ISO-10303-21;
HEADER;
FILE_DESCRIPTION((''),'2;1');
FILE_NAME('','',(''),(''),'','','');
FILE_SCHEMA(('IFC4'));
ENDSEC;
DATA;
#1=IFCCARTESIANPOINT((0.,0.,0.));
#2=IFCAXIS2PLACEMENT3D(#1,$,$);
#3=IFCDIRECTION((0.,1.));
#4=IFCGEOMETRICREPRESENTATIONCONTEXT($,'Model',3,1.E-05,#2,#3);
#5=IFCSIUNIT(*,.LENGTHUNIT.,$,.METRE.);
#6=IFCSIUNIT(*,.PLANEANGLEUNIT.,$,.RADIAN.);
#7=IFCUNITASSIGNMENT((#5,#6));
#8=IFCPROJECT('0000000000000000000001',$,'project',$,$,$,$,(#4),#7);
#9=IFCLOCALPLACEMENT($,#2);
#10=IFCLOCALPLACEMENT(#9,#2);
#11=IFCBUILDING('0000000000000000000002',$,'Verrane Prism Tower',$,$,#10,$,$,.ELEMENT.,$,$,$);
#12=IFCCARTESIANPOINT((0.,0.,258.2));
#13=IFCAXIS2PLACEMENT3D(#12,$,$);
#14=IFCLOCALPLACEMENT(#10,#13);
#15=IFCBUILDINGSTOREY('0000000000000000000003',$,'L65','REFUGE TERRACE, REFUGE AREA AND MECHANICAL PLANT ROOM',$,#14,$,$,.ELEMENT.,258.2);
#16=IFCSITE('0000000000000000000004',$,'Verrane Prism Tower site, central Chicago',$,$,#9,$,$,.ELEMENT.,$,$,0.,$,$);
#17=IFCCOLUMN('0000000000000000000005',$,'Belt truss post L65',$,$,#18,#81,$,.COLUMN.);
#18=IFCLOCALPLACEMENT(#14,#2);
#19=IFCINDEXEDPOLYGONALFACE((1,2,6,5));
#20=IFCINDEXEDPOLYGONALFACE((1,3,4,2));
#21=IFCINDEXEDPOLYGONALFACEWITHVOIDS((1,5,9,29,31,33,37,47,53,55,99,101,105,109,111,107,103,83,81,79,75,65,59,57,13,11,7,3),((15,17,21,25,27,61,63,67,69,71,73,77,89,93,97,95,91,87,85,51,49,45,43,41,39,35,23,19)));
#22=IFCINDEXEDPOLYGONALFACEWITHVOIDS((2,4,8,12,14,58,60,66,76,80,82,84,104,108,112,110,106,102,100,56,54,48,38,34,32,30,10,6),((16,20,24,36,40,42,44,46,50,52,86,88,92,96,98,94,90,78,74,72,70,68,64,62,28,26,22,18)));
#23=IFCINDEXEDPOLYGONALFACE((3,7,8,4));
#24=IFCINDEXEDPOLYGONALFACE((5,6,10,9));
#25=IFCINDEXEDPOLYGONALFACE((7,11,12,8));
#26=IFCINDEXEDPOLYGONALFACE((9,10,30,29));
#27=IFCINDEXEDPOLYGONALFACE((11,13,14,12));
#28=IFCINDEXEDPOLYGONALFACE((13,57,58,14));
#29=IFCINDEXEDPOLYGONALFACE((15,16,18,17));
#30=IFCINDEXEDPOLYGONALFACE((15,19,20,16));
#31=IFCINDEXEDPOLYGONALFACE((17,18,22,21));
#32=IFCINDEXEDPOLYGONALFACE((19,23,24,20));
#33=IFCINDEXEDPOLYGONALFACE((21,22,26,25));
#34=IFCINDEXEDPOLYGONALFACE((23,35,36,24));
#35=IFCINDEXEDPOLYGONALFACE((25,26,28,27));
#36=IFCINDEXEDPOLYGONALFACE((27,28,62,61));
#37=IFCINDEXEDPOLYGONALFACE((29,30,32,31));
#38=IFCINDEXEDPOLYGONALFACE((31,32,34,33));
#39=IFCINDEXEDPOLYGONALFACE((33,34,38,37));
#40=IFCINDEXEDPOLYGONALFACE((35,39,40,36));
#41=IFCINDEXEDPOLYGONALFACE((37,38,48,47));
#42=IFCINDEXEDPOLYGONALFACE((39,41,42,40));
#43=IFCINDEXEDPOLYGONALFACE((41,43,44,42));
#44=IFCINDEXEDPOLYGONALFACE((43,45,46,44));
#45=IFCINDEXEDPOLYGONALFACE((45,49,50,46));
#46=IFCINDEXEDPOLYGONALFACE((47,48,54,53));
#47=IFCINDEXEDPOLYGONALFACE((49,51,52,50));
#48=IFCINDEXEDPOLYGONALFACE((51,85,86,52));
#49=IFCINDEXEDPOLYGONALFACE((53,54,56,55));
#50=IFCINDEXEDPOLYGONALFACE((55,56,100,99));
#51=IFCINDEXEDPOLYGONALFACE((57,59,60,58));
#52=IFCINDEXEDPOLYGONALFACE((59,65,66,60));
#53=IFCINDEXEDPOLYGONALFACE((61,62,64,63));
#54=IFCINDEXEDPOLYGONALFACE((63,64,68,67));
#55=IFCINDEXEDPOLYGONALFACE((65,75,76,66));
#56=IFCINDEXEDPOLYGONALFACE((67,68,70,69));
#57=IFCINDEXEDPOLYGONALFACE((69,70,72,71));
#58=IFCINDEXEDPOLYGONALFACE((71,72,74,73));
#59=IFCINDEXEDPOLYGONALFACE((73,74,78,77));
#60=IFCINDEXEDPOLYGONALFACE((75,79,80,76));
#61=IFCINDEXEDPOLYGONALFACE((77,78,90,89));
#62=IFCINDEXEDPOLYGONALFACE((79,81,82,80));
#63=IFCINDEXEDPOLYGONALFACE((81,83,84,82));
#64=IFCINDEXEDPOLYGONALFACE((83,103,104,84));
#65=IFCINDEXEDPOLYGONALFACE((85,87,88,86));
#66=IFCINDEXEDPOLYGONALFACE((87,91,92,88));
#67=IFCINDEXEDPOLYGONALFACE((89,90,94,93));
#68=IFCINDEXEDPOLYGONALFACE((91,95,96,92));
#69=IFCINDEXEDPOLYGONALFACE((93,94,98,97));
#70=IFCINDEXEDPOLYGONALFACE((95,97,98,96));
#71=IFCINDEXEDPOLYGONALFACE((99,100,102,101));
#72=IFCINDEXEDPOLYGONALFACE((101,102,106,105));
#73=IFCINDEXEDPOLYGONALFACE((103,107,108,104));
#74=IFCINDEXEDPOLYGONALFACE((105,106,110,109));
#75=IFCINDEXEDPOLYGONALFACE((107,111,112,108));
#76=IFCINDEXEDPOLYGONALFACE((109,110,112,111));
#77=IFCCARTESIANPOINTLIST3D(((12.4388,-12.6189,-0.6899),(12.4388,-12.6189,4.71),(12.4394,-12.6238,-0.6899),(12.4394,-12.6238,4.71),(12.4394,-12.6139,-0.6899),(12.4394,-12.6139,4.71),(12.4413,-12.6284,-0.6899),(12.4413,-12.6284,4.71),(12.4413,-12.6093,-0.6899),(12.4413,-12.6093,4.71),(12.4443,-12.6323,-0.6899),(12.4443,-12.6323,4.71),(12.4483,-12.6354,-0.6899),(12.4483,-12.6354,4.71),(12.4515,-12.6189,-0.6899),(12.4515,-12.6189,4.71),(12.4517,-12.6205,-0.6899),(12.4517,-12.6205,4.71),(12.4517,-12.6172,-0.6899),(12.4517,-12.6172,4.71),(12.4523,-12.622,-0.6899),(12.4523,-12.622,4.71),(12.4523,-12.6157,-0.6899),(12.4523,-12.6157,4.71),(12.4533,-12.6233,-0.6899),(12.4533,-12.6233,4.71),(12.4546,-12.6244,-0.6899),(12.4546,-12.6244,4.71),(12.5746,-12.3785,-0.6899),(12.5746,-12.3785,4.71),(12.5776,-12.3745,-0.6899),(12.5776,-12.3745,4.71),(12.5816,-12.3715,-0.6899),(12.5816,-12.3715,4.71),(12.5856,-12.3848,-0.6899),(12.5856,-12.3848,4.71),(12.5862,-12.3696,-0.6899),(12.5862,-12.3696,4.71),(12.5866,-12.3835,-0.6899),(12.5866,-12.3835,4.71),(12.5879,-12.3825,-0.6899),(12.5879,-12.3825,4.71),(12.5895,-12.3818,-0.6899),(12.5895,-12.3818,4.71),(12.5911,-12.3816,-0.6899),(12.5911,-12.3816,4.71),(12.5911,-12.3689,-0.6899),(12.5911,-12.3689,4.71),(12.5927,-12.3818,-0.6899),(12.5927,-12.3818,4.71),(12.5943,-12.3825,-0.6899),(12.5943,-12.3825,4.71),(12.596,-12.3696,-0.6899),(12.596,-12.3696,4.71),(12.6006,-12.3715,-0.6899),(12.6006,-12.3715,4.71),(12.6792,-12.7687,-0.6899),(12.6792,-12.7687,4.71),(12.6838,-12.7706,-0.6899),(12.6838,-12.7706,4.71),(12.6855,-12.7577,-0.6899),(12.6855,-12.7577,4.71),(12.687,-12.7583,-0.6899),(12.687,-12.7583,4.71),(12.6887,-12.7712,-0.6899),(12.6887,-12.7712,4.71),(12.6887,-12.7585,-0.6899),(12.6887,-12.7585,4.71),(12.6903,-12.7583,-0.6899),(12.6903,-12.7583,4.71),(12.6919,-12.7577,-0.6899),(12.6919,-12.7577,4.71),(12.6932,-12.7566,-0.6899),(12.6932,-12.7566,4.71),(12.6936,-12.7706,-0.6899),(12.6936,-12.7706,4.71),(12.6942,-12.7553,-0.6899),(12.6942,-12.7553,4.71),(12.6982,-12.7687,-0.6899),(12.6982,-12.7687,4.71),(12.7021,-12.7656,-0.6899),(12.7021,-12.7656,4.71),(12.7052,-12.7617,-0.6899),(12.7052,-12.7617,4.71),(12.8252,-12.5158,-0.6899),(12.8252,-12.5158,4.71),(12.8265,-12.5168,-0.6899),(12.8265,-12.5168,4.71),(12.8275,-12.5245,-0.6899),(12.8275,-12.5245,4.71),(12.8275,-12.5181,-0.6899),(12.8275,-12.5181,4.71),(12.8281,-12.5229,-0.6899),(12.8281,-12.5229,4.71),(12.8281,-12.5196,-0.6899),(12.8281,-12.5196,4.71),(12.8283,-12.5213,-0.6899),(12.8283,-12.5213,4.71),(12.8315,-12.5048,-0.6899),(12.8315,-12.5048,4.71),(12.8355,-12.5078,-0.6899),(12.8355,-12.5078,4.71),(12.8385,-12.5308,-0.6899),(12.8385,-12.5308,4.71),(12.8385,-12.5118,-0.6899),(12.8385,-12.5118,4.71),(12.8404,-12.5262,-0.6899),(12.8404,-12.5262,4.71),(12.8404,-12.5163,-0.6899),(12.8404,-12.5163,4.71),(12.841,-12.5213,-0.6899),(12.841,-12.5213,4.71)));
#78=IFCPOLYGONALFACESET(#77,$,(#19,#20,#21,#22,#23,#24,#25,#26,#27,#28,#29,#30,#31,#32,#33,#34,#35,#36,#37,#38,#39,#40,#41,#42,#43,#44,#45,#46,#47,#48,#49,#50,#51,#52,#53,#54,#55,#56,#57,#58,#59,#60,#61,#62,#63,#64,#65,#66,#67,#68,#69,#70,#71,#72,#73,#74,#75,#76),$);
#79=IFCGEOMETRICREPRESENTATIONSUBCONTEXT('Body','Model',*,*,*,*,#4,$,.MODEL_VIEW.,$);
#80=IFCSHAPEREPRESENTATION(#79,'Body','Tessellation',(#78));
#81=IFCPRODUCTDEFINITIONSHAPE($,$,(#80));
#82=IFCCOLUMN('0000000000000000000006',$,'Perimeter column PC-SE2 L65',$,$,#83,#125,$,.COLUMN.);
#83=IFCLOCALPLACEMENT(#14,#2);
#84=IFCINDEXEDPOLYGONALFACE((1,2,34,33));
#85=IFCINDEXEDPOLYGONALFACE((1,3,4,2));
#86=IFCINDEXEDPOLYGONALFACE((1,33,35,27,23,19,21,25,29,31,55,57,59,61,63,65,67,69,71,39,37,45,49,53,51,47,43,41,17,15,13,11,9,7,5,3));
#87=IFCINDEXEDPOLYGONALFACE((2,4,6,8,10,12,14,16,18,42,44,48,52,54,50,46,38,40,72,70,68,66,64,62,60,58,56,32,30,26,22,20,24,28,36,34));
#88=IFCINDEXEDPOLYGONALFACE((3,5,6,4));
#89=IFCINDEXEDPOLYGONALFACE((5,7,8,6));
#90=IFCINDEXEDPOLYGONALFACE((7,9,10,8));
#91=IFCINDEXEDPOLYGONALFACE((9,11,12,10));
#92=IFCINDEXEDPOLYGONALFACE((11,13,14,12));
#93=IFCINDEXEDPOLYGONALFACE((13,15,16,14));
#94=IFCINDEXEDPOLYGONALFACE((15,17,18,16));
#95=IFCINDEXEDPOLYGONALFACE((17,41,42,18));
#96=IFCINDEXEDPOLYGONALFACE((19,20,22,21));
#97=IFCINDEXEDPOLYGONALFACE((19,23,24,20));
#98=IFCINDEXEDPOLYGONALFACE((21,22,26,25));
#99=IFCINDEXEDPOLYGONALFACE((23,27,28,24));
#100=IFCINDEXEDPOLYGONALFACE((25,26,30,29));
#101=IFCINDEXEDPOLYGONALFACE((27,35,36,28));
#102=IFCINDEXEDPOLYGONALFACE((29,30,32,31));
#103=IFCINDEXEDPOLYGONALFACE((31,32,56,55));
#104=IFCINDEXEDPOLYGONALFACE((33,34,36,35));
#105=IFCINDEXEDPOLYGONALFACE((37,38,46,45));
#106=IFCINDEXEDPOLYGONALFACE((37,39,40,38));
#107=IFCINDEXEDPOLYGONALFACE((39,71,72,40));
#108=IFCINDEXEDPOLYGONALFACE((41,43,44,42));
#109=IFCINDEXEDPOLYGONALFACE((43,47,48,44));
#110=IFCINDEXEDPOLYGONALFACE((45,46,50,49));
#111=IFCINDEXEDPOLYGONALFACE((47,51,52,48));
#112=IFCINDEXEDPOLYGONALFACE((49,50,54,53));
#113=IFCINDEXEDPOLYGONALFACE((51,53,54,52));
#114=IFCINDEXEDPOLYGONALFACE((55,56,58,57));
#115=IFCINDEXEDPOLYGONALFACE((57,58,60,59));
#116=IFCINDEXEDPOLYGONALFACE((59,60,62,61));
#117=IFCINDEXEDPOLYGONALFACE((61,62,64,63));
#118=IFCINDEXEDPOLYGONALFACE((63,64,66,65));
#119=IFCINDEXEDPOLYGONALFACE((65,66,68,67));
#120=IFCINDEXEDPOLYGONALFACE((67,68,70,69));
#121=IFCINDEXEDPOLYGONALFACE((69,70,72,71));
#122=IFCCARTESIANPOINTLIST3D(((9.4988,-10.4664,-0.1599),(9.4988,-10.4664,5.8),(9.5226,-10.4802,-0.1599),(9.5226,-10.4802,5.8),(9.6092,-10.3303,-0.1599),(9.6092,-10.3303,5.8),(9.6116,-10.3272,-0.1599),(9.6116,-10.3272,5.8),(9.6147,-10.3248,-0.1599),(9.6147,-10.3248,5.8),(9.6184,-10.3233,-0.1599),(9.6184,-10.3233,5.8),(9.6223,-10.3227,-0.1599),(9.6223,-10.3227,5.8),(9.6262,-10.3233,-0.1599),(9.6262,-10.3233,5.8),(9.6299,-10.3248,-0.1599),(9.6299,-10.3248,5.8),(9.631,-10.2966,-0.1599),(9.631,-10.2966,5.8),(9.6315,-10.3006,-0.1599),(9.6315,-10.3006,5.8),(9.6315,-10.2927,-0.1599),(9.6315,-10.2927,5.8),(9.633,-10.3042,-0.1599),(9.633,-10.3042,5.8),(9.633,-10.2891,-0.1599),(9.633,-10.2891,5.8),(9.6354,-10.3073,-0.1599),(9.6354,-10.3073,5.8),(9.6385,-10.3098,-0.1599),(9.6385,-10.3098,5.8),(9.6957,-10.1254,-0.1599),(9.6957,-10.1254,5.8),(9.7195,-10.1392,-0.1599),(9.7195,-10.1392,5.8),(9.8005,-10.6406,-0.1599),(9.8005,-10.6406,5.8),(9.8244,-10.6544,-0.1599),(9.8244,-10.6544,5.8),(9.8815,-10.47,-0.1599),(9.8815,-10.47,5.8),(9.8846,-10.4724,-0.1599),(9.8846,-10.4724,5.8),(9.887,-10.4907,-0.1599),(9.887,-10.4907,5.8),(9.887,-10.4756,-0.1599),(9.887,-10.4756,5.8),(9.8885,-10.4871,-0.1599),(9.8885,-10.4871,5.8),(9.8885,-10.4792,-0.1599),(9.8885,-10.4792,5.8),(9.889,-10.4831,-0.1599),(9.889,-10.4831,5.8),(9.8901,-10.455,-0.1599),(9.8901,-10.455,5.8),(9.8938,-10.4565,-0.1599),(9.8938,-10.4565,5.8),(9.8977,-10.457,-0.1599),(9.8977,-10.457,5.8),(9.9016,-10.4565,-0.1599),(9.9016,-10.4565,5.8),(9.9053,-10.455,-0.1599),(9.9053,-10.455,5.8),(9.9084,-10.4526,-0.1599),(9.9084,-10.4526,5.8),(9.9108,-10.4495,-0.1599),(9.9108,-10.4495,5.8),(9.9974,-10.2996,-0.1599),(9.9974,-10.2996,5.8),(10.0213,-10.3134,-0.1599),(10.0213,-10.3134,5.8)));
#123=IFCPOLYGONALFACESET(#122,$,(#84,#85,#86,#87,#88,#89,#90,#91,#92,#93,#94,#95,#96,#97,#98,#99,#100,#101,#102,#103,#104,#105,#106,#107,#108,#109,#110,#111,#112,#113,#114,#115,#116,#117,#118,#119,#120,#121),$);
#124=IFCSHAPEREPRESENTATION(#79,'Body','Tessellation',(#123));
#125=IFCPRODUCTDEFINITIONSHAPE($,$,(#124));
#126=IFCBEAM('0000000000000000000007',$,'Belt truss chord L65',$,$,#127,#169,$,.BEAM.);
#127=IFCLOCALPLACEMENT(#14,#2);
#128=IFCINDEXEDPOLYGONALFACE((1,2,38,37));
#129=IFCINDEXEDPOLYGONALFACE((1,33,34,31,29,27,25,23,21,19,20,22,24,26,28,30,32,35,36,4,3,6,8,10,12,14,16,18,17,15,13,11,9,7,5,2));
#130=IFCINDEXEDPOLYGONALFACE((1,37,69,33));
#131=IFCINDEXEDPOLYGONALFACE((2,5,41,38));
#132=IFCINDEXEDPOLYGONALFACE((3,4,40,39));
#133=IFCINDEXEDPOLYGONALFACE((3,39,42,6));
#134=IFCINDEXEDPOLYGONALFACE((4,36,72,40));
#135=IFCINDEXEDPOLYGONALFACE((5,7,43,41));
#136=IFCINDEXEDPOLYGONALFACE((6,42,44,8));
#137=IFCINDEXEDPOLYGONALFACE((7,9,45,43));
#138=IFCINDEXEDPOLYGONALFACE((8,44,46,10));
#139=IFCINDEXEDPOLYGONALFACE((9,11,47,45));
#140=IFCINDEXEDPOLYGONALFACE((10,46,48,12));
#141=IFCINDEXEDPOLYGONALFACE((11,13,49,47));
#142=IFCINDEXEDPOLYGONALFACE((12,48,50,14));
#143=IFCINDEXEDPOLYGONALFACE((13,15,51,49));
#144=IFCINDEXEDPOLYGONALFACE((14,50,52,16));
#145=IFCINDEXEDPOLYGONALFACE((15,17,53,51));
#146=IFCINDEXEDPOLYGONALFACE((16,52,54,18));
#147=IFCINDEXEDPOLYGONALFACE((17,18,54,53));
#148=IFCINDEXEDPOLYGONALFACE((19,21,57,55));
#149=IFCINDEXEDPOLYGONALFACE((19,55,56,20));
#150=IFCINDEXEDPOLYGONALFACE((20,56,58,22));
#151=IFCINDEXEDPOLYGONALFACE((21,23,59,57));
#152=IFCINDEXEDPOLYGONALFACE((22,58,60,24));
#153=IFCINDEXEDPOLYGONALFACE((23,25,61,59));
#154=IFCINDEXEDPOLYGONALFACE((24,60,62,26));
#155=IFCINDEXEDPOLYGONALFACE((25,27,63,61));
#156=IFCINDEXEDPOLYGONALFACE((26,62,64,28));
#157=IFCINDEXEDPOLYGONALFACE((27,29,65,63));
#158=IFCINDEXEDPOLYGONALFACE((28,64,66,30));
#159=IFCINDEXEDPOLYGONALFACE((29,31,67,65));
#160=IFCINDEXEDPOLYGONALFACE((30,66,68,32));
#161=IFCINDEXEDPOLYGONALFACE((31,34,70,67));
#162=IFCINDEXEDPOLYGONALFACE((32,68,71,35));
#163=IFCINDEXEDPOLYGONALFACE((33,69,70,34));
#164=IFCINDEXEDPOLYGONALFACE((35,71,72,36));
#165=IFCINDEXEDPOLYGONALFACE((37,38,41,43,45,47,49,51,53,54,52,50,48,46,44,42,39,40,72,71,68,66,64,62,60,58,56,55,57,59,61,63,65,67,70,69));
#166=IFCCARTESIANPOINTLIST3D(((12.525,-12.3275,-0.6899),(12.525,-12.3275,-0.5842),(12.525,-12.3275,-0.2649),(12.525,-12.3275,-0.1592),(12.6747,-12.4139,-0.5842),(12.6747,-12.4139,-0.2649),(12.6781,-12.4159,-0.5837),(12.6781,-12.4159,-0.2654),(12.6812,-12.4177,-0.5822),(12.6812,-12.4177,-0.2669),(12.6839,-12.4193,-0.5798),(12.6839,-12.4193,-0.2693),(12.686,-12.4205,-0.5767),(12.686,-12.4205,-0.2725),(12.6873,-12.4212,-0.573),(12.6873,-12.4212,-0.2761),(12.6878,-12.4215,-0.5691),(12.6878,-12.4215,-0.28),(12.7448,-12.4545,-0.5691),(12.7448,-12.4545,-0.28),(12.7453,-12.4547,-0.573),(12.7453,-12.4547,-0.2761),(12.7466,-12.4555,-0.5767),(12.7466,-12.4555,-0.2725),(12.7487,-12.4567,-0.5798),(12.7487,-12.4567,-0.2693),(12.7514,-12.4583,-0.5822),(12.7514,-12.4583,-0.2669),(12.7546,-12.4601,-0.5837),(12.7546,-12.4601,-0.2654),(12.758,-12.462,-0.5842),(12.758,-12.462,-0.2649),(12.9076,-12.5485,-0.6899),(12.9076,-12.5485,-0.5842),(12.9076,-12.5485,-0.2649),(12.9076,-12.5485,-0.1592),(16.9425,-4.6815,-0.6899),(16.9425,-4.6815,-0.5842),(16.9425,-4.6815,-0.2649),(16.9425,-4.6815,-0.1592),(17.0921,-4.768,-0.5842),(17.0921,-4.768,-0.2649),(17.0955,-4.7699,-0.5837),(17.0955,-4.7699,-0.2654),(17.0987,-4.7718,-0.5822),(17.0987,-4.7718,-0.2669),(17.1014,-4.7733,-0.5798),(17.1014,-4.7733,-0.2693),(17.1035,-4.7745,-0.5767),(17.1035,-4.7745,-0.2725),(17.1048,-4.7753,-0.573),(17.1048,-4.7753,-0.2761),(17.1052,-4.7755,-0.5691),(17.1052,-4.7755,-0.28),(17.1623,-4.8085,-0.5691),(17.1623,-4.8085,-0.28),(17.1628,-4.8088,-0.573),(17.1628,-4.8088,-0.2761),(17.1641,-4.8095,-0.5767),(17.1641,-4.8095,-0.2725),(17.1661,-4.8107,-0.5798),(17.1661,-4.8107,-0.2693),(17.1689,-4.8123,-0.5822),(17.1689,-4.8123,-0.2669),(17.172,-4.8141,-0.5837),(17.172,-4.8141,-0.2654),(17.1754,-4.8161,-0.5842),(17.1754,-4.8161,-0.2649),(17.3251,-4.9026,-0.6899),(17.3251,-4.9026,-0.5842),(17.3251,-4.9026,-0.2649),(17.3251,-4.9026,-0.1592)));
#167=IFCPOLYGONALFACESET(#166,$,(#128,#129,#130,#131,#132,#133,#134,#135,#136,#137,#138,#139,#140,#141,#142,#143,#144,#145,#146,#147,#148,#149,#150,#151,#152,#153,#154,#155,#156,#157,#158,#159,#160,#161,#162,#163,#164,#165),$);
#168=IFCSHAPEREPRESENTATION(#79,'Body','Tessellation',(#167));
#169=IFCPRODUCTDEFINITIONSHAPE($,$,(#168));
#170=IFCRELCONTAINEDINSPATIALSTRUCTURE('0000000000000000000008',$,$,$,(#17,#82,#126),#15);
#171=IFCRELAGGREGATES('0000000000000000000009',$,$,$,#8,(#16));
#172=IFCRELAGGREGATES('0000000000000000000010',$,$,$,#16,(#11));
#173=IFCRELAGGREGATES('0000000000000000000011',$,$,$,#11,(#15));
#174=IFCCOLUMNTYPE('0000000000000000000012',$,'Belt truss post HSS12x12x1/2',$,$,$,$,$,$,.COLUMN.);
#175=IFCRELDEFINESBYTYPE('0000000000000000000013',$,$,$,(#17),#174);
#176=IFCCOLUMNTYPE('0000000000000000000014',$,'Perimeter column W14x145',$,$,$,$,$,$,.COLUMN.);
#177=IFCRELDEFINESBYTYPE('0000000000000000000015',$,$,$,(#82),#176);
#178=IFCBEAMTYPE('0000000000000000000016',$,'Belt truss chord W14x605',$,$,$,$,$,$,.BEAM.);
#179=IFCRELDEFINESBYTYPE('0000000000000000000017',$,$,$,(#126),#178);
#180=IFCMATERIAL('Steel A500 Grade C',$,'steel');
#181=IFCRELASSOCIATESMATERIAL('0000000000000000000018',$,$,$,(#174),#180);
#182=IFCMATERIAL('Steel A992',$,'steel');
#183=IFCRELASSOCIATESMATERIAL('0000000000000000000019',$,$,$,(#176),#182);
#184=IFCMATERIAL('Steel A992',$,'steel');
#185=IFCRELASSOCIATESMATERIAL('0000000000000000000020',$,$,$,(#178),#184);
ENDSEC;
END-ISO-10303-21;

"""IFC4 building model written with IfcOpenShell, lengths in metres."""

from ifc_helpers import new_model, si_unit, direction, frame, origin, origin_2d, place, context, subcontext, project, spatial, hollow_rectangle, i_section, extrude, material, material_profile, profile_set, type_object, element, save


model = new_model("IFC4")

# Units and contexts
model_context = context("Model", 3, precision=1e-05, world=origin(), true_north=direction((0.0, 1.0)))
body_context = subcontext(model_context, "Body", "Model", "MODEL_VIEW")
ifc_project = project(units=[si_unit("LENGTHUNIT", "METRE"), si_unit("PLANEANGLEUNIT", "RADIAN")], contexts=[model_context])

# Site, building, storey
site_placement = place(None, origin())
site = spatial("IfcSite", under=ifc_project, at=site_placement, Name="Verrane Prism Tower site, central Chicago", CompositionType="ELEMENT", RefElevation=0.0)
building_placement = place(site_placement, origin())
building = spatial("IfcBuilding", under=site, at=building_placement, Name="Verrane Prism Tower", CompositionType="ELEMENT")
storey_placement = place(building_placement, frame((0.0, 0.0, 258.2)))
storey = spatial("IfcBuildingStorey", under=building, at=storey_placement, Name="L65", Description="REFUGE TERRACE, REFUGE AREA AND MECHANICAL PLANT ROOM", CompositionType="ELEMENT", Elevation=258.2)

# Columns
ifc_material_1 = material(Name="Steel A500 Grade C", Category="steel")
ifc_material_profile_1 = material_profile(ifc_material_1, hollow_rectangle(XDim=0.3047, YDim=0.3047, WallThickness=0.0127, InnerFilletRadius=0.0063, OuterFilletRadius=0.019, at=origin_2d()), Name="HSS12x12x1/2")
ifc_profile_set_1 = profile_set([ifc_material_profile_1], Name="Steel A500 Grade C")
column_type_1 = type_object("IfcColumnType", Name="Belt truss post HSS12x12x1/2", PredefinedType="COLUMN", material=ifc_profile_set_1)
column_1_placement = place(storey_placement, frame((12.6399, -12.5701, -0.6899), z_axis=(0.0, 0.0, 1.0), x_axis=(-0.5, -0.866025, 0.0)))
element("IfcColumn", 1, at=column_1_placement, inside=storey, type_object=column_type_1, Name="Belt truss post L65", PredefinedType="COLUMN", context=body_context, shape_type="SweptSolid", body=[
    extrude(hollow_rectangle(XDim=0.3047, YDim=0.3047, WallThickness=0.0127, InnerFilletRadius=0.0063, OuterFilletRadius=0.019, at=origin_2d()), origin(), (0.0, 0.0, 1.0), 5.3999),
])
ifc_material_2 = material(Name="Steel A992", Category="steel")
ifc_material_profile_2 = material_profile(ifc_material_2, i_section(OverallWidth=0.3938, OverallDepth=0.376, WebThickness=0.0173, FlangeThickness=0.0276, FilletRadius=0.0151, at=origin_2d()), Name="W14x145")
ifc_profile_set_2 = profile_set([ifc_material_profile_2], Name="Steel A992")
column_type_2 = type_object("IfcColumnType", Name="Perimeter column W14x145", PredefinedType="COLUMN", material=ifc_profile_set_2)
column_2_placement = place(storey_placement, frame((9.76, -10.3899, -0.1599), z_axis=(0.0, 0.0, 1.0), x_axis=(-0.5, -0.866025, 0.0)))
element("IfcColumn", 2, at=column_2_placement, inside=storey, type_object=column_type_2, Name="Perimeter column PC-SE2 L65", PredefinedType="COLUMN", context=body_context, shape_type="SweptSolid", body=[
    extrude(i_section(OverallWidth=0.3938, OverallDepth=0.376, WebThickness=0.0173, FlangeThickness=0.0276, FilletRadius=0.0151, at=origin_2d()), origin(), (0.0, 0.0, 1.0), 5.96),
])

# Beam
ifc_material_3 = material(Name="Steel A992", Category="steel")
ifc_material_profile_3 = material_profile(ifc_material_3, i_section(OverallWidth=0.4419, OverallDepth=0.5308, WebThickness=0.0659, FlangeThickness=0.1057, FilletRadius=0.0151, at=origin_2d()), Name="W14x605")
ifc_profile_set_3 = profile_set([ifc_material_profile_3], Name="Steel A992")
beam_type_1 = type_object("IfcBeamType", Name="Belt truss chord W14x605", PredefinedType="BEAM", material=ifc_profile_set_3)
beam_1_placement = place(storey_placement, frame((12.7163, -12.438, -0.4246), z_axis=(0.50026, 0.865875, 0.0), x_axis=(-0.865875, 0.50026, 0.0)))
element("IfcBeam", 3, at=beam_1_placement, inside=storey, type_object=beam_type_1, Name="Belt truss chord L65", PredefinedType="BEAM", context=body_context, shape_type="SweptSolid", body=[
    extrude(i_section(OverallWidth=0.4419, OverallDepth=0.5308, WebThickness=0.0659, FlangeThickness=0.1057, FilletRadius=0.0151, at=origin_2d()), origin(), (0.0, 0.0, 1.0), 8.8303),
])

save(model, "model.ifc")
